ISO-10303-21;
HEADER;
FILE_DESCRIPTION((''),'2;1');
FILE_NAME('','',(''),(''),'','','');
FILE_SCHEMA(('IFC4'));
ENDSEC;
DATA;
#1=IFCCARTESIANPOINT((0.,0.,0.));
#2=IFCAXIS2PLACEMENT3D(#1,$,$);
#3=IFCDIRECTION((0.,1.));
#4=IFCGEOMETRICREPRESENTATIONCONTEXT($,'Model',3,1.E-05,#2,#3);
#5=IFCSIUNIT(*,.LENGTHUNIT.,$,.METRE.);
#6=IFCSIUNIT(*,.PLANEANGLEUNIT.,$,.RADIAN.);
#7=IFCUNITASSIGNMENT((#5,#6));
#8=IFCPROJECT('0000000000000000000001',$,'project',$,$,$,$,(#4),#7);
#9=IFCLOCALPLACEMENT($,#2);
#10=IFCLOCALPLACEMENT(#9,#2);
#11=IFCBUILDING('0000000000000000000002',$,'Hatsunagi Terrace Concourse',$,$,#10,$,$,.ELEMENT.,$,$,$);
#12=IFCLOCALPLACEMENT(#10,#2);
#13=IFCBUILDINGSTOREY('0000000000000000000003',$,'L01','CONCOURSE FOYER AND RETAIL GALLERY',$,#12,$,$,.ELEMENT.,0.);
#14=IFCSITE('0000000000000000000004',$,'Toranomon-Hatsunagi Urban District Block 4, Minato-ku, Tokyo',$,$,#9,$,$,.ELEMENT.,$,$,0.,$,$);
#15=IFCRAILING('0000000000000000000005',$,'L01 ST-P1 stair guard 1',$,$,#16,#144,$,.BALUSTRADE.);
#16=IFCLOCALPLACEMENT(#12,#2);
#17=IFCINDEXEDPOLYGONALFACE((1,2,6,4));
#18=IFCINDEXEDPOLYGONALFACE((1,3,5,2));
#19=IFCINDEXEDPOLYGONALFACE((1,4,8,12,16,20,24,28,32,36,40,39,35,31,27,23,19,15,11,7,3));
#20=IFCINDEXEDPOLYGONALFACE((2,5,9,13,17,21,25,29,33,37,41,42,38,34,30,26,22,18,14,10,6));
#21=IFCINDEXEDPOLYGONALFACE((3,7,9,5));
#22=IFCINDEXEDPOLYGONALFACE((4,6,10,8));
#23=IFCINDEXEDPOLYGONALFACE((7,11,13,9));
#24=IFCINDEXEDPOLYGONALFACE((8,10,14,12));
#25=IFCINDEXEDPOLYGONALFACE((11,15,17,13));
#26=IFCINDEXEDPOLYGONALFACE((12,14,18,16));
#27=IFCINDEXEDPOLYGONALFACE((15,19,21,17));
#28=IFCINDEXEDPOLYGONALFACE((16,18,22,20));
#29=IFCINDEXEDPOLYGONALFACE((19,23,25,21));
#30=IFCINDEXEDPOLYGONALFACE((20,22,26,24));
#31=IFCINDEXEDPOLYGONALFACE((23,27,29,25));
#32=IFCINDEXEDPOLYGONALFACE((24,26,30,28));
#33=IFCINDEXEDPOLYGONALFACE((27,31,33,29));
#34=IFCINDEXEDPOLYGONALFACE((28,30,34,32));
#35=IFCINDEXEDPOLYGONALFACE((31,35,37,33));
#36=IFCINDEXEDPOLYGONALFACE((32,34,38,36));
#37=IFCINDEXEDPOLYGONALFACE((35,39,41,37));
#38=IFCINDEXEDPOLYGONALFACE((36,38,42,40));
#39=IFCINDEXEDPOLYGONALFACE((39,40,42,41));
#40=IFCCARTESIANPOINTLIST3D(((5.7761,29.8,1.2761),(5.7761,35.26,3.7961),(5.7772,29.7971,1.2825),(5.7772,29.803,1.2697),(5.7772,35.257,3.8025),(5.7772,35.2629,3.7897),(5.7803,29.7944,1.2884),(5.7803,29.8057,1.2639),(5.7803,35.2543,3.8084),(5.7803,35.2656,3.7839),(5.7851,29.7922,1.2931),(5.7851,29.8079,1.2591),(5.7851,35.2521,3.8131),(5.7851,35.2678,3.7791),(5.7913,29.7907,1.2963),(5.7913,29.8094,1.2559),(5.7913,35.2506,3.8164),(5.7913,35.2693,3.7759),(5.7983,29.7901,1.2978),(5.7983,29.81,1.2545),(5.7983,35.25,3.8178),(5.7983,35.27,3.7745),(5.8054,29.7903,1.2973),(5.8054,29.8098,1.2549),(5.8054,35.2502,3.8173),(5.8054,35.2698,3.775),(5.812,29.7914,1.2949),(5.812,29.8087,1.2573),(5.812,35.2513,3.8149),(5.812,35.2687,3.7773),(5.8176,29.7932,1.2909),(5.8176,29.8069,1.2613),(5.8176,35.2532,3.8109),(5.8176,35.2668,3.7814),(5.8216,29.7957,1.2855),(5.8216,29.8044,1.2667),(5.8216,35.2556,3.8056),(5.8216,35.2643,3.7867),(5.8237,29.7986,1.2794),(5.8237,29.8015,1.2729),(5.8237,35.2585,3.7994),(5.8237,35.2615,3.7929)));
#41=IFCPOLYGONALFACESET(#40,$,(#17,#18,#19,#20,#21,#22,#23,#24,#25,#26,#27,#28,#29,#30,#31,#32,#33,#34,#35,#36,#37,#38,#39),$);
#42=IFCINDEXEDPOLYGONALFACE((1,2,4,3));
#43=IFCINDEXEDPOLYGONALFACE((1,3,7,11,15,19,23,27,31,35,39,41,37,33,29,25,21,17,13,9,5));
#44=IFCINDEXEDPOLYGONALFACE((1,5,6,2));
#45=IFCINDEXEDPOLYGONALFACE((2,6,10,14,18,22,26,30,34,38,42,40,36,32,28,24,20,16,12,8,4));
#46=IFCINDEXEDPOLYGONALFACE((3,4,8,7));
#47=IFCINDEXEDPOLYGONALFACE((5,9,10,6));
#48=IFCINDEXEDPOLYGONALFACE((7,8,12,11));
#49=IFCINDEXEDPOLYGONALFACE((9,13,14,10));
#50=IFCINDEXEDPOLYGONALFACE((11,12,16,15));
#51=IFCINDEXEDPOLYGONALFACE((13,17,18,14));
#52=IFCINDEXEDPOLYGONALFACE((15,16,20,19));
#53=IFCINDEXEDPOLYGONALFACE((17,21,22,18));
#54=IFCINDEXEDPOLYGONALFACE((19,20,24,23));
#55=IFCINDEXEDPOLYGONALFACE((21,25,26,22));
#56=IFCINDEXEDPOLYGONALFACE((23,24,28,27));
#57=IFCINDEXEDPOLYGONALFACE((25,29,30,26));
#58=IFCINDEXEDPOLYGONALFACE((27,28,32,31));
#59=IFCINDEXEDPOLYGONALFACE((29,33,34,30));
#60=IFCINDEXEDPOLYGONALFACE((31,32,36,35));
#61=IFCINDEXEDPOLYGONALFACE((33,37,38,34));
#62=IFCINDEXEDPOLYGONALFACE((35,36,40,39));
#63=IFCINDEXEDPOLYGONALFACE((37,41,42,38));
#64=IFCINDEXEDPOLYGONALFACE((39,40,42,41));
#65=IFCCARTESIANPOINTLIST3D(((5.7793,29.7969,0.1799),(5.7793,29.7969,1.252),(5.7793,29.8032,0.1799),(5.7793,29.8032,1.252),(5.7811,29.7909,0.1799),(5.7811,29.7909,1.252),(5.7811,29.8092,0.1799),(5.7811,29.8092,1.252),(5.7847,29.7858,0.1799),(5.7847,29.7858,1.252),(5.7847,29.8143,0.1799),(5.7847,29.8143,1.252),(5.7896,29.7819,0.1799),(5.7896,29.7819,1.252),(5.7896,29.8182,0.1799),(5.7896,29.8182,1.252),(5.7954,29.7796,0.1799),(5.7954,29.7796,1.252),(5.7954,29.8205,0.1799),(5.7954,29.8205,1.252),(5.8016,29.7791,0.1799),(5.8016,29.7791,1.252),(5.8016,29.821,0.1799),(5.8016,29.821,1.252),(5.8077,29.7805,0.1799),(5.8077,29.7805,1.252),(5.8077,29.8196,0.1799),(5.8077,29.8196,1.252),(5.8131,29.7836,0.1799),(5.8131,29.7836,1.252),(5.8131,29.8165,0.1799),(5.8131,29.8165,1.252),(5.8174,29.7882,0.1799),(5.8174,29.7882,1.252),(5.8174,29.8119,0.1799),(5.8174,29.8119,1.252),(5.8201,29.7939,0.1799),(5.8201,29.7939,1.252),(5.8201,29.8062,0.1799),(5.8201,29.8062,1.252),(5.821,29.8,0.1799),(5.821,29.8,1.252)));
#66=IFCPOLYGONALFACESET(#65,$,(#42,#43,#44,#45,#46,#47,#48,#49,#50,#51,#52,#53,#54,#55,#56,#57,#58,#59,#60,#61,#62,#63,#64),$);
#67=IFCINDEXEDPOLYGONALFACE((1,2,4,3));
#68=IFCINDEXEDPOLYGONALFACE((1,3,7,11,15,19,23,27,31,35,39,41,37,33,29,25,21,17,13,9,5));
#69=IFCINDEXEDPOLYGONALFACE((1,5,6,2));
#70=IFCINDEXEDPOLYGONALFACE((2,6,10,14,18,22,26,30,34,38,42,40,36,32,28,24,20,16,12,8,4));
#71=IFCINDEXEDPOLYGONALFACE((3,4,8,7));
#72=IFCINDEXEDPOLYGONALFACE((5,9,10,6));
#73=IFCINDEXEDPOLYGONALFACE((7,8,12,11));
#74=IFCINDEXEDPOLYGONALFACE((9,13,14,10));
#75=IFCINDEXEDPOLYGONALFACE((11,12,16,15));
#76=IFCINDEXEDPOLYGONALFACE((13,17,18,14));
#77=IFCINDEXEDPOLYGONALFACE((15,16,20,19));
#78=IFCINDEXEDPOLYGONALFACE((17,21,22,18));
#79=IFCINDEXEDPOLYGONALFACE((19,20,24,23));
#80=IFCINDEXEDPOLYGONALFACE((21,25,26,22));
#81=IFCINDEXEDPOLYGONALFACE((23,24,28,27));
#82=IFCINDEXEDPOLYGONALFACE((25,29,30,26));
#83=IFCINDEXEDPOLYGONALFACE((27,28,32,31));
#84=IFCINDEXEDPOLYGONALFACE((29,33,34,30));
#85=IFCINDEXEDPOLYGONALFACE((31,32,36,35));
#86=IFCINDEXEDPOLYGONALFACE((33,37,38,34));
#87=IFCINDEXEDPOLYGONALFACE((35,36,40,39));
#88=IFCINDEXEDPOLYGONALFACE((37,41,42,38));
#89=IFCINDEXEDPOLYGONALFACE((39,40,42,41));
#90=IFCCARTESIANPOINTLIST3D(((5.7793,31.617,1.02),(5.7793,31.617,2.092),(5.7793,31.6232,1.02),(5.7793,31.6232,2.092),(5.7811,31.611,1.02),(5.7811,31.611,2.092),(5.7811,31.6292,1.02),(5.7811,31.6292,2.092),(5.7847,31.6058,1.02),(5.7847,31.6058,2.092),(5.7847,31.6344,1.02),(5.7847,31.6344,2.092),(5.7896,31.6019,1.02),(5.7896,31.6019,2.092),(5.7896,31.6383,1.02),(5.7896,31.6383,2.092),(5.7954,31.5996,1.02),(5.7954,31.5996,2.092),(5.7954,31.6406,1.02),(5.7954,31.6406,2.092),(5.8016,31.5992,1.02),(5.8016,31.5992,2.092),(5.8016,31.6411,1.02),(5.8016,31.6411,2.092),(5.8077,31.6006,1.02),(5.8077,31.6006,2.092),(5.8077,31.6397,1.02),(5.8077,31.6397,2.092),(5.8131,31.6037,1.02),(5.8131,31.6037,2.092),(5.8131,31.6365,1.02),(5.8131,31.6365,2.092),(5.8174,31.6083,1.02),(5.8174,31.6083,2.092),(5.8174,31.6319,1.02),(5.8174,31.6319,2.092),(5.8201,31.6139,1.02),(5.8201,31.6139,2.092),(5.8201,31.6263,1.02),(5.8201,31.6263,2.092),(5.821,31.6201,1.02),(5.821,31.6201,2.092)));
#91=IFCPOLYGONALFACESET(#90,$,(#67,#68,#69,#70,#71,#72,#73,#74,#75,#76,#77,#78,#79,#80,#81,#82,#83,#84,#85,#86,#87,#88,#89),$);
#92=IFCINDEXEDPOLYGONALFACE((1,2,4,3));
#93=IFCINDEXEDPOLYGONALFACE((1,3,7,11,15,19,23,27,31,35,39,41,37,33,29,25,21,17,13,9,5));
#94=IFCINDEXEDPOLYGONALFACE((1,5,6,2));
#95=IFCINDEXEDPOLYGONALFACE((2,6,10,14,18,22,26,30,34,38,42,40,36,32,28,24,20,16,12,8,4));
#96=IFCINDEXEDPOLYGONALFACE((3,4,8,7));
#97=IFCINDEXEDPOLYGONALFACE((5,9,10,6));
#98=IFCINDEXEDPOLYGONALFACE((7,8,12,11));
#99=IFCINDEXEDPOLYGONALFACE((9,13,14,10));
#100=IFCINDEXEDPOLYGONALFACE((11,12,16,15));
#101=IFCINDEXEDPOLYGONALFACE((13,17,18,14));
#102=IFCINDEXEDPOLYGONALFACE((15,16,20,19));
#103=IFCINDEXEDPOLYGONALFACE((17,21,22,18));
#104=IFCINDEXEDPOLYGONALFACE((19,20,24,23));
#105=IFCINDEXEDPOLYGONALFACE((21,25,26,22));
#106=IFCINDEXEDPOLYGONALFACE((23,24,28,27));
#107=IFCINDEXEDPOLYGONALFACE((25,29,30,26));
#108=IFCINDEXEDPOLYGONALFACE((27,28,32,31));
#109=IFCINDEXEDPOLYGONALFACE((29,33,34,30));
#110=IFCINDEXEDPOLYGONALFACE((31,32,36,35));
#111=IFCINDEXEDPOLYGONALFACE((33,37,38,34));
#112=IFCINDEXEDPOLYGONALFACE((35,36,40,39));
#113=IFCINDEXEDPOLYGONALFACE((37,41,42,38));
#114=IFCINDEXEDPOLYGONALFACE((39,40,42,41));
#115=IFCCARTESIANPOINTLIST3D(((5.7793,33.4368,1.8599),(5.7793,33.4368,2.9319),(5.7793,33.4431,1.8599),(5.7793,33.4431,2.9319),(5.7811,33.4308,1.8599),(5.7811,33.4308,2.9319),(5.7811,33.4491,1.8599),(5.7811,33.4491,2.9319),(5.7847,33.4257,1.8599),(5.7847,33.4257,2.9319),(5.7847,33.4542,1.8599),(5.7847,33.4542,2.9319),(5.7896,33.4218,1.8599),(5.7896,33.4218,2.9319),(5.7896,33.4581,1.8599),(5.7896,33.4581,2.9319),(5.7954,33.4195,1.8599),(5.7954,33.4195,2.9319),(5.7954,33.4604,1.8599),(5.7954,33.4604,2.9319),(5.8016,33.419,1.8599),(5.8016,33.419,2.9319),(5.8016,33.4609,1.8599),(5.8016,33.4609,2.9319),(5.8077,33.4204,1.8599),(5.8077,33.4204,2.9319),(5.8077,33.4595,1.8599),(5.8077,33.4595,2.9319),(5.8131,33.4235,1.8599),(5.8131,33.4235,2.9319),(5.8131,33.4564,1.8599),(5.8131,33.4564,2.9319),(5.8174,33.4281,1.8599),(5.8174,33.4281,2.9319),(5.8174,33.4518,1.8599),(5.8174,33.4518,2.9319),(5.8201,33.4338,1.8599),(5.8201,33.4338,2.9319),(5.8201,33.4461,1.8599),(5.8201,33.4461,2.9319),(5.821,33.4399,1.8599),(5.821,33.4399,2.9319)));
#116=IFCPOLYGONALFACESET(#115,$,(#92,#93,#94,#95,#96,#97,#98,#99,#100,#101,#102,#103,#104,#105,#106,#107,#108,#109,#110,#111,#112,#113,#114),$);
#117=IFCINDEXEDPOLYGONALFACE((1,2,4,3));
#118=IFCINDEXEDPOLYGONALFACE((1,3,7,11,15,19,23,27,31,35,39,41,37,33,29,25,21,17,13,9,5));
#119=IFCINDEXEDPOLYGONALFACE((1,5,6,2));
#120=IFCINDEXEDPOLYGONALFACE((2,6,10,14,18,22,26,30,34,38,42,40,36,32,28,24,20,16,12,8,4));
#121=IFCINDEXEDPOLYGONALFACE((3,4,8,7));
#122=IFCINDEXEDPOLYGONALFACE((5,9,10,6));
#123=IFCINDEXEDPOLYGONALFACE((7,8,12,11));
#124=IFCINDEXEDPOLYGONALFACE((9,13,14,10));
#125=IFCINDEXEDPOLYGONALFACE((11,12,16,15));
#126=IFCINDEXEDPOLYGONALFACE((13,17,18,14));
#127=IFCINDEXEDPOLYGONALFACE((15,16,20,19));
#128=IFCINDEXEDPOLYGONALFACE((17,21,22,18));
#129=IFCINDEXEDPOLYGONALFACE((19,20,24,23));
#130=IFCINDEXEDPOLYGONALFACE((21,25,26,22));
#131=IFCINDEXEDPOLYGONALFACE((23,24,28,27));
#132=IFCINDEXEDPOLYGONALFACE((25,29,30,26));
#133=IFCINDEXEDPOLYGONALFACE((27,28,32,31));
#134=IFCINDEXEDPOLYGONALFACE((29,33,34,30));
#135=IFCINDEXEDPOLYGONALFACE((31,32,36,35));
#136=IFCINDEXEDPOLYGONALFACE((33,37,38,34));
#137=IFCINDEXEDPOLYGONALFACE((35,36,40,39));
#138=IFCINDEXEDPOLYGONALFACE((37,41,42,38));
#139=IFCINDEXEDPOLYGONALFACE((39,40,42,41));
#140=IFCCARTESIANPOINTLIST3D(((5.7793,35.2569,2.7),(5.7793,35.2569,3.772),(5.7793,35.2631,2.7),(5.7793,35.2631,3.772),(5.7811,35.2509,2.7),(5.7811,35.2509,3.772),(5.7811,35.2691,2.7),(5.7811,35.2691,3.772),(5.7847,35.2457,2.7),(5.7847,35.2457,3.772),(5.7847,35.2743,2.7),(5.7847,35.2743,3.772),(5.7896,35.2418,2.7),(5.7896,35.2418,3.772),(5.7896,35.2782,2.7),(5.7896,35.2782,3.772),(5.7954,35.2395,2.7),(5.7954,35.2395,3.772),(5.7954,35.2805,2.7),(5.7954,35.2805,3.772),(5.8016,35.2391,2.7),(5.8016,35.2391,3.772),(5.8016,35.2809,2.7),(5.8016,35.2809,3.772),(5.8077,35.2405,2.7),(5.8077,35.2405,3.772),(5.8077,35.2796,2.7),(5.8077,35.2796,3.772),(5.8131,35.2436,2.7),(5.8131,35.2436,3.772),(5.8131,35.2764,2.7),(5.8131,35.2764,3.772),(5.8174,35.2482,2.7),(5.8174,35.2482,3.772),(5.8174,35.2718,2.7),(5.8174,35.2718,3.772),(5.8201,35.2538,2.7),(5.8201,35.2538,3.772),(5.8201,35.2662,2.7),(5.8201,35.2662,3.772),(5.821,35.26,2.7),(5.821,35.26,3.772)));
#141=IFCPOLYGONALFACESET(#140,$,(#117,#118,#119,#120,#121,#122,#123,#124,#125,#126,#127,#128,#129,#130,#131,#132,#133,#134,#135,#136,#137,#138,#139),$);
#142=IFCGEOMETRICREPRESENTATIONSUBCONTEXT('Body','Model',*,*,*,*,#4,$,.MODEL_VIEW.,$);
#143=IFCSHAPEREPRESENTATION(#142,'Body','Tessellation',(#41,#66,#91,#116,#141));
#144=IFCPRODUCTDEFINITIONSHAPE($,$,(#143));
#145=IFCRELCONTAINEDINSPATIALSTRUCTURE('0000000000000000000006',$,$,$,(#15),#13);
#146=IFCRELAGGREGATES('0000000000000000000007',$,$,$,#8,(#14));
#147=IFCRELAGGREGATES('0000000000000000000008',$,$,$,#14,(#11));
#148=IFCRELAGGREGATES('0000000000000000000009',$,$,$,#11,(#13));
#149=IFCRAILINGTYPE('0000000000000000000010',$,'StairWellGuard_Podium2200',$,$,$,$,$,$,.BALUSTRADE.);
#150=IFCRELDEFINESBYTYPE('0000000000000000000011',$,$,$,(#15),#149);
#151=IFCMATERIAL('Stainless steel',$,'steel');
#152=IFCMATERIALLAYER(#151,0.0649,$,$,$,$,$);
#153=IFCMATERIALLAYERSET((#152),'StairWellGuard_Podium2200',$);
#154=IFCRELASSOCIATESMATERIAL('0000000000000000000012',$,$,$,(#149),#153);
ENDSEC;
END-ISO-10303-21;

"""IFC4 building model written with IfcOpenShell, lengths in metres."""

from ifc_helpers import new_model, si_unit, direction, frame, origin, origin_2d, place, context, subcontext, project, spatial, circle, extrude, material, layer, layer_set, type_object, element, save


model = new_model("IFC4")

# Units and contexts
model_context = context("Model", 3, precision=1e-05, world=origin(), true_north=direction((0.0, 1.0)))
body_context = subcontext(model_context, "Body", "Model", "MODEL_VIEW")
ifc_project = project(units=[si_unit("LENGTHUNIT", "METRE"), si_unit("PLANEANGLEUNIT", "RADIAN")], contexts=[model_context])

# Site, building, storey
site_placement = place(None, origin())
site = spatial("IfcSite", under=ifc_project, at=site_placement, Name="Toranomon-Hatsunagi Urban District Block 4, Minato-ku, Tokyo", CompositionType="ELEMENT", RefElevation=0.0)
building_placement = place(site_placement, origin())
building = spatial("IfcBuilding", under=site, at=building_placement, Name="Hatsunagi Terrace Concourse", CompositionType="ELEMENT")
storey_placement = place(building_placement, origin())
storey = spatial("IfcBuildingStorey", under=building, at=storey_placement, Name="L01", Description="CONCOURSE FOYER AND RETAIL GALLERY", CompositionType="ELEMENT", Elevation=0.0)

# Railing
ifc_material_1 = material(Name="Stainless steel", Category="steel")
ifc_layer_1 = layer(ifc_material_1, 0.0649)
ifc_layer_set_1 = layer_set([ifc_layer_1], Name="StairWellGuard_Podium2200")
railing_type_1 = type_object("IfcRailingType", Name="StairWellGuard_Podium2200", PredefinedType="BALUSTRADE", material=ifc_layer_set_1)
railing_1_placement = place(storey_placement, frame((5.8, 29.8, 0.1799)))
element("IfcRailing", 1, at=railing_1_placement, inside=storey, type_object=railing_type_1, Name="L01 ST-P1 stair guard 1", PredefinedType="BALUSTRADE", context=body_context, shape_type="SweptSolid", body=[
    extrude(circle(Radius=0.0239, at=origin_2d()), frame((0.0, 0.0, 1.0962), z_axis=(0.0, 0.907957, 0.419063), x_axis=(-1.0, 0.0, 0.0)), (0.0, 0.0, 1.0), 6.0134),
    extrude(circle(Radius=0.021, at=origin_2d()), origin(), (0.0, 0.0, 1.0), 1.072),
    extrude(circle(Radius=0.021, at=origin_2d()), frame((0.0, 1.8201, 0.8401)), (0.0, 0.0, 1.0), 1.072),
    extrude(circle(Radius=0.021, at=origin_2d()), frame((0.0, 3.6399, 1.6799)), (0.0, 0.0, 1.0), 1.072),
    extrude(circle(Radius=0.021, at=origin_2d()), frame((0.0, 5.46, 2.52)), (0.0, 0.0, 1.0), 1.072),
])

save(model, "model.ifc")
